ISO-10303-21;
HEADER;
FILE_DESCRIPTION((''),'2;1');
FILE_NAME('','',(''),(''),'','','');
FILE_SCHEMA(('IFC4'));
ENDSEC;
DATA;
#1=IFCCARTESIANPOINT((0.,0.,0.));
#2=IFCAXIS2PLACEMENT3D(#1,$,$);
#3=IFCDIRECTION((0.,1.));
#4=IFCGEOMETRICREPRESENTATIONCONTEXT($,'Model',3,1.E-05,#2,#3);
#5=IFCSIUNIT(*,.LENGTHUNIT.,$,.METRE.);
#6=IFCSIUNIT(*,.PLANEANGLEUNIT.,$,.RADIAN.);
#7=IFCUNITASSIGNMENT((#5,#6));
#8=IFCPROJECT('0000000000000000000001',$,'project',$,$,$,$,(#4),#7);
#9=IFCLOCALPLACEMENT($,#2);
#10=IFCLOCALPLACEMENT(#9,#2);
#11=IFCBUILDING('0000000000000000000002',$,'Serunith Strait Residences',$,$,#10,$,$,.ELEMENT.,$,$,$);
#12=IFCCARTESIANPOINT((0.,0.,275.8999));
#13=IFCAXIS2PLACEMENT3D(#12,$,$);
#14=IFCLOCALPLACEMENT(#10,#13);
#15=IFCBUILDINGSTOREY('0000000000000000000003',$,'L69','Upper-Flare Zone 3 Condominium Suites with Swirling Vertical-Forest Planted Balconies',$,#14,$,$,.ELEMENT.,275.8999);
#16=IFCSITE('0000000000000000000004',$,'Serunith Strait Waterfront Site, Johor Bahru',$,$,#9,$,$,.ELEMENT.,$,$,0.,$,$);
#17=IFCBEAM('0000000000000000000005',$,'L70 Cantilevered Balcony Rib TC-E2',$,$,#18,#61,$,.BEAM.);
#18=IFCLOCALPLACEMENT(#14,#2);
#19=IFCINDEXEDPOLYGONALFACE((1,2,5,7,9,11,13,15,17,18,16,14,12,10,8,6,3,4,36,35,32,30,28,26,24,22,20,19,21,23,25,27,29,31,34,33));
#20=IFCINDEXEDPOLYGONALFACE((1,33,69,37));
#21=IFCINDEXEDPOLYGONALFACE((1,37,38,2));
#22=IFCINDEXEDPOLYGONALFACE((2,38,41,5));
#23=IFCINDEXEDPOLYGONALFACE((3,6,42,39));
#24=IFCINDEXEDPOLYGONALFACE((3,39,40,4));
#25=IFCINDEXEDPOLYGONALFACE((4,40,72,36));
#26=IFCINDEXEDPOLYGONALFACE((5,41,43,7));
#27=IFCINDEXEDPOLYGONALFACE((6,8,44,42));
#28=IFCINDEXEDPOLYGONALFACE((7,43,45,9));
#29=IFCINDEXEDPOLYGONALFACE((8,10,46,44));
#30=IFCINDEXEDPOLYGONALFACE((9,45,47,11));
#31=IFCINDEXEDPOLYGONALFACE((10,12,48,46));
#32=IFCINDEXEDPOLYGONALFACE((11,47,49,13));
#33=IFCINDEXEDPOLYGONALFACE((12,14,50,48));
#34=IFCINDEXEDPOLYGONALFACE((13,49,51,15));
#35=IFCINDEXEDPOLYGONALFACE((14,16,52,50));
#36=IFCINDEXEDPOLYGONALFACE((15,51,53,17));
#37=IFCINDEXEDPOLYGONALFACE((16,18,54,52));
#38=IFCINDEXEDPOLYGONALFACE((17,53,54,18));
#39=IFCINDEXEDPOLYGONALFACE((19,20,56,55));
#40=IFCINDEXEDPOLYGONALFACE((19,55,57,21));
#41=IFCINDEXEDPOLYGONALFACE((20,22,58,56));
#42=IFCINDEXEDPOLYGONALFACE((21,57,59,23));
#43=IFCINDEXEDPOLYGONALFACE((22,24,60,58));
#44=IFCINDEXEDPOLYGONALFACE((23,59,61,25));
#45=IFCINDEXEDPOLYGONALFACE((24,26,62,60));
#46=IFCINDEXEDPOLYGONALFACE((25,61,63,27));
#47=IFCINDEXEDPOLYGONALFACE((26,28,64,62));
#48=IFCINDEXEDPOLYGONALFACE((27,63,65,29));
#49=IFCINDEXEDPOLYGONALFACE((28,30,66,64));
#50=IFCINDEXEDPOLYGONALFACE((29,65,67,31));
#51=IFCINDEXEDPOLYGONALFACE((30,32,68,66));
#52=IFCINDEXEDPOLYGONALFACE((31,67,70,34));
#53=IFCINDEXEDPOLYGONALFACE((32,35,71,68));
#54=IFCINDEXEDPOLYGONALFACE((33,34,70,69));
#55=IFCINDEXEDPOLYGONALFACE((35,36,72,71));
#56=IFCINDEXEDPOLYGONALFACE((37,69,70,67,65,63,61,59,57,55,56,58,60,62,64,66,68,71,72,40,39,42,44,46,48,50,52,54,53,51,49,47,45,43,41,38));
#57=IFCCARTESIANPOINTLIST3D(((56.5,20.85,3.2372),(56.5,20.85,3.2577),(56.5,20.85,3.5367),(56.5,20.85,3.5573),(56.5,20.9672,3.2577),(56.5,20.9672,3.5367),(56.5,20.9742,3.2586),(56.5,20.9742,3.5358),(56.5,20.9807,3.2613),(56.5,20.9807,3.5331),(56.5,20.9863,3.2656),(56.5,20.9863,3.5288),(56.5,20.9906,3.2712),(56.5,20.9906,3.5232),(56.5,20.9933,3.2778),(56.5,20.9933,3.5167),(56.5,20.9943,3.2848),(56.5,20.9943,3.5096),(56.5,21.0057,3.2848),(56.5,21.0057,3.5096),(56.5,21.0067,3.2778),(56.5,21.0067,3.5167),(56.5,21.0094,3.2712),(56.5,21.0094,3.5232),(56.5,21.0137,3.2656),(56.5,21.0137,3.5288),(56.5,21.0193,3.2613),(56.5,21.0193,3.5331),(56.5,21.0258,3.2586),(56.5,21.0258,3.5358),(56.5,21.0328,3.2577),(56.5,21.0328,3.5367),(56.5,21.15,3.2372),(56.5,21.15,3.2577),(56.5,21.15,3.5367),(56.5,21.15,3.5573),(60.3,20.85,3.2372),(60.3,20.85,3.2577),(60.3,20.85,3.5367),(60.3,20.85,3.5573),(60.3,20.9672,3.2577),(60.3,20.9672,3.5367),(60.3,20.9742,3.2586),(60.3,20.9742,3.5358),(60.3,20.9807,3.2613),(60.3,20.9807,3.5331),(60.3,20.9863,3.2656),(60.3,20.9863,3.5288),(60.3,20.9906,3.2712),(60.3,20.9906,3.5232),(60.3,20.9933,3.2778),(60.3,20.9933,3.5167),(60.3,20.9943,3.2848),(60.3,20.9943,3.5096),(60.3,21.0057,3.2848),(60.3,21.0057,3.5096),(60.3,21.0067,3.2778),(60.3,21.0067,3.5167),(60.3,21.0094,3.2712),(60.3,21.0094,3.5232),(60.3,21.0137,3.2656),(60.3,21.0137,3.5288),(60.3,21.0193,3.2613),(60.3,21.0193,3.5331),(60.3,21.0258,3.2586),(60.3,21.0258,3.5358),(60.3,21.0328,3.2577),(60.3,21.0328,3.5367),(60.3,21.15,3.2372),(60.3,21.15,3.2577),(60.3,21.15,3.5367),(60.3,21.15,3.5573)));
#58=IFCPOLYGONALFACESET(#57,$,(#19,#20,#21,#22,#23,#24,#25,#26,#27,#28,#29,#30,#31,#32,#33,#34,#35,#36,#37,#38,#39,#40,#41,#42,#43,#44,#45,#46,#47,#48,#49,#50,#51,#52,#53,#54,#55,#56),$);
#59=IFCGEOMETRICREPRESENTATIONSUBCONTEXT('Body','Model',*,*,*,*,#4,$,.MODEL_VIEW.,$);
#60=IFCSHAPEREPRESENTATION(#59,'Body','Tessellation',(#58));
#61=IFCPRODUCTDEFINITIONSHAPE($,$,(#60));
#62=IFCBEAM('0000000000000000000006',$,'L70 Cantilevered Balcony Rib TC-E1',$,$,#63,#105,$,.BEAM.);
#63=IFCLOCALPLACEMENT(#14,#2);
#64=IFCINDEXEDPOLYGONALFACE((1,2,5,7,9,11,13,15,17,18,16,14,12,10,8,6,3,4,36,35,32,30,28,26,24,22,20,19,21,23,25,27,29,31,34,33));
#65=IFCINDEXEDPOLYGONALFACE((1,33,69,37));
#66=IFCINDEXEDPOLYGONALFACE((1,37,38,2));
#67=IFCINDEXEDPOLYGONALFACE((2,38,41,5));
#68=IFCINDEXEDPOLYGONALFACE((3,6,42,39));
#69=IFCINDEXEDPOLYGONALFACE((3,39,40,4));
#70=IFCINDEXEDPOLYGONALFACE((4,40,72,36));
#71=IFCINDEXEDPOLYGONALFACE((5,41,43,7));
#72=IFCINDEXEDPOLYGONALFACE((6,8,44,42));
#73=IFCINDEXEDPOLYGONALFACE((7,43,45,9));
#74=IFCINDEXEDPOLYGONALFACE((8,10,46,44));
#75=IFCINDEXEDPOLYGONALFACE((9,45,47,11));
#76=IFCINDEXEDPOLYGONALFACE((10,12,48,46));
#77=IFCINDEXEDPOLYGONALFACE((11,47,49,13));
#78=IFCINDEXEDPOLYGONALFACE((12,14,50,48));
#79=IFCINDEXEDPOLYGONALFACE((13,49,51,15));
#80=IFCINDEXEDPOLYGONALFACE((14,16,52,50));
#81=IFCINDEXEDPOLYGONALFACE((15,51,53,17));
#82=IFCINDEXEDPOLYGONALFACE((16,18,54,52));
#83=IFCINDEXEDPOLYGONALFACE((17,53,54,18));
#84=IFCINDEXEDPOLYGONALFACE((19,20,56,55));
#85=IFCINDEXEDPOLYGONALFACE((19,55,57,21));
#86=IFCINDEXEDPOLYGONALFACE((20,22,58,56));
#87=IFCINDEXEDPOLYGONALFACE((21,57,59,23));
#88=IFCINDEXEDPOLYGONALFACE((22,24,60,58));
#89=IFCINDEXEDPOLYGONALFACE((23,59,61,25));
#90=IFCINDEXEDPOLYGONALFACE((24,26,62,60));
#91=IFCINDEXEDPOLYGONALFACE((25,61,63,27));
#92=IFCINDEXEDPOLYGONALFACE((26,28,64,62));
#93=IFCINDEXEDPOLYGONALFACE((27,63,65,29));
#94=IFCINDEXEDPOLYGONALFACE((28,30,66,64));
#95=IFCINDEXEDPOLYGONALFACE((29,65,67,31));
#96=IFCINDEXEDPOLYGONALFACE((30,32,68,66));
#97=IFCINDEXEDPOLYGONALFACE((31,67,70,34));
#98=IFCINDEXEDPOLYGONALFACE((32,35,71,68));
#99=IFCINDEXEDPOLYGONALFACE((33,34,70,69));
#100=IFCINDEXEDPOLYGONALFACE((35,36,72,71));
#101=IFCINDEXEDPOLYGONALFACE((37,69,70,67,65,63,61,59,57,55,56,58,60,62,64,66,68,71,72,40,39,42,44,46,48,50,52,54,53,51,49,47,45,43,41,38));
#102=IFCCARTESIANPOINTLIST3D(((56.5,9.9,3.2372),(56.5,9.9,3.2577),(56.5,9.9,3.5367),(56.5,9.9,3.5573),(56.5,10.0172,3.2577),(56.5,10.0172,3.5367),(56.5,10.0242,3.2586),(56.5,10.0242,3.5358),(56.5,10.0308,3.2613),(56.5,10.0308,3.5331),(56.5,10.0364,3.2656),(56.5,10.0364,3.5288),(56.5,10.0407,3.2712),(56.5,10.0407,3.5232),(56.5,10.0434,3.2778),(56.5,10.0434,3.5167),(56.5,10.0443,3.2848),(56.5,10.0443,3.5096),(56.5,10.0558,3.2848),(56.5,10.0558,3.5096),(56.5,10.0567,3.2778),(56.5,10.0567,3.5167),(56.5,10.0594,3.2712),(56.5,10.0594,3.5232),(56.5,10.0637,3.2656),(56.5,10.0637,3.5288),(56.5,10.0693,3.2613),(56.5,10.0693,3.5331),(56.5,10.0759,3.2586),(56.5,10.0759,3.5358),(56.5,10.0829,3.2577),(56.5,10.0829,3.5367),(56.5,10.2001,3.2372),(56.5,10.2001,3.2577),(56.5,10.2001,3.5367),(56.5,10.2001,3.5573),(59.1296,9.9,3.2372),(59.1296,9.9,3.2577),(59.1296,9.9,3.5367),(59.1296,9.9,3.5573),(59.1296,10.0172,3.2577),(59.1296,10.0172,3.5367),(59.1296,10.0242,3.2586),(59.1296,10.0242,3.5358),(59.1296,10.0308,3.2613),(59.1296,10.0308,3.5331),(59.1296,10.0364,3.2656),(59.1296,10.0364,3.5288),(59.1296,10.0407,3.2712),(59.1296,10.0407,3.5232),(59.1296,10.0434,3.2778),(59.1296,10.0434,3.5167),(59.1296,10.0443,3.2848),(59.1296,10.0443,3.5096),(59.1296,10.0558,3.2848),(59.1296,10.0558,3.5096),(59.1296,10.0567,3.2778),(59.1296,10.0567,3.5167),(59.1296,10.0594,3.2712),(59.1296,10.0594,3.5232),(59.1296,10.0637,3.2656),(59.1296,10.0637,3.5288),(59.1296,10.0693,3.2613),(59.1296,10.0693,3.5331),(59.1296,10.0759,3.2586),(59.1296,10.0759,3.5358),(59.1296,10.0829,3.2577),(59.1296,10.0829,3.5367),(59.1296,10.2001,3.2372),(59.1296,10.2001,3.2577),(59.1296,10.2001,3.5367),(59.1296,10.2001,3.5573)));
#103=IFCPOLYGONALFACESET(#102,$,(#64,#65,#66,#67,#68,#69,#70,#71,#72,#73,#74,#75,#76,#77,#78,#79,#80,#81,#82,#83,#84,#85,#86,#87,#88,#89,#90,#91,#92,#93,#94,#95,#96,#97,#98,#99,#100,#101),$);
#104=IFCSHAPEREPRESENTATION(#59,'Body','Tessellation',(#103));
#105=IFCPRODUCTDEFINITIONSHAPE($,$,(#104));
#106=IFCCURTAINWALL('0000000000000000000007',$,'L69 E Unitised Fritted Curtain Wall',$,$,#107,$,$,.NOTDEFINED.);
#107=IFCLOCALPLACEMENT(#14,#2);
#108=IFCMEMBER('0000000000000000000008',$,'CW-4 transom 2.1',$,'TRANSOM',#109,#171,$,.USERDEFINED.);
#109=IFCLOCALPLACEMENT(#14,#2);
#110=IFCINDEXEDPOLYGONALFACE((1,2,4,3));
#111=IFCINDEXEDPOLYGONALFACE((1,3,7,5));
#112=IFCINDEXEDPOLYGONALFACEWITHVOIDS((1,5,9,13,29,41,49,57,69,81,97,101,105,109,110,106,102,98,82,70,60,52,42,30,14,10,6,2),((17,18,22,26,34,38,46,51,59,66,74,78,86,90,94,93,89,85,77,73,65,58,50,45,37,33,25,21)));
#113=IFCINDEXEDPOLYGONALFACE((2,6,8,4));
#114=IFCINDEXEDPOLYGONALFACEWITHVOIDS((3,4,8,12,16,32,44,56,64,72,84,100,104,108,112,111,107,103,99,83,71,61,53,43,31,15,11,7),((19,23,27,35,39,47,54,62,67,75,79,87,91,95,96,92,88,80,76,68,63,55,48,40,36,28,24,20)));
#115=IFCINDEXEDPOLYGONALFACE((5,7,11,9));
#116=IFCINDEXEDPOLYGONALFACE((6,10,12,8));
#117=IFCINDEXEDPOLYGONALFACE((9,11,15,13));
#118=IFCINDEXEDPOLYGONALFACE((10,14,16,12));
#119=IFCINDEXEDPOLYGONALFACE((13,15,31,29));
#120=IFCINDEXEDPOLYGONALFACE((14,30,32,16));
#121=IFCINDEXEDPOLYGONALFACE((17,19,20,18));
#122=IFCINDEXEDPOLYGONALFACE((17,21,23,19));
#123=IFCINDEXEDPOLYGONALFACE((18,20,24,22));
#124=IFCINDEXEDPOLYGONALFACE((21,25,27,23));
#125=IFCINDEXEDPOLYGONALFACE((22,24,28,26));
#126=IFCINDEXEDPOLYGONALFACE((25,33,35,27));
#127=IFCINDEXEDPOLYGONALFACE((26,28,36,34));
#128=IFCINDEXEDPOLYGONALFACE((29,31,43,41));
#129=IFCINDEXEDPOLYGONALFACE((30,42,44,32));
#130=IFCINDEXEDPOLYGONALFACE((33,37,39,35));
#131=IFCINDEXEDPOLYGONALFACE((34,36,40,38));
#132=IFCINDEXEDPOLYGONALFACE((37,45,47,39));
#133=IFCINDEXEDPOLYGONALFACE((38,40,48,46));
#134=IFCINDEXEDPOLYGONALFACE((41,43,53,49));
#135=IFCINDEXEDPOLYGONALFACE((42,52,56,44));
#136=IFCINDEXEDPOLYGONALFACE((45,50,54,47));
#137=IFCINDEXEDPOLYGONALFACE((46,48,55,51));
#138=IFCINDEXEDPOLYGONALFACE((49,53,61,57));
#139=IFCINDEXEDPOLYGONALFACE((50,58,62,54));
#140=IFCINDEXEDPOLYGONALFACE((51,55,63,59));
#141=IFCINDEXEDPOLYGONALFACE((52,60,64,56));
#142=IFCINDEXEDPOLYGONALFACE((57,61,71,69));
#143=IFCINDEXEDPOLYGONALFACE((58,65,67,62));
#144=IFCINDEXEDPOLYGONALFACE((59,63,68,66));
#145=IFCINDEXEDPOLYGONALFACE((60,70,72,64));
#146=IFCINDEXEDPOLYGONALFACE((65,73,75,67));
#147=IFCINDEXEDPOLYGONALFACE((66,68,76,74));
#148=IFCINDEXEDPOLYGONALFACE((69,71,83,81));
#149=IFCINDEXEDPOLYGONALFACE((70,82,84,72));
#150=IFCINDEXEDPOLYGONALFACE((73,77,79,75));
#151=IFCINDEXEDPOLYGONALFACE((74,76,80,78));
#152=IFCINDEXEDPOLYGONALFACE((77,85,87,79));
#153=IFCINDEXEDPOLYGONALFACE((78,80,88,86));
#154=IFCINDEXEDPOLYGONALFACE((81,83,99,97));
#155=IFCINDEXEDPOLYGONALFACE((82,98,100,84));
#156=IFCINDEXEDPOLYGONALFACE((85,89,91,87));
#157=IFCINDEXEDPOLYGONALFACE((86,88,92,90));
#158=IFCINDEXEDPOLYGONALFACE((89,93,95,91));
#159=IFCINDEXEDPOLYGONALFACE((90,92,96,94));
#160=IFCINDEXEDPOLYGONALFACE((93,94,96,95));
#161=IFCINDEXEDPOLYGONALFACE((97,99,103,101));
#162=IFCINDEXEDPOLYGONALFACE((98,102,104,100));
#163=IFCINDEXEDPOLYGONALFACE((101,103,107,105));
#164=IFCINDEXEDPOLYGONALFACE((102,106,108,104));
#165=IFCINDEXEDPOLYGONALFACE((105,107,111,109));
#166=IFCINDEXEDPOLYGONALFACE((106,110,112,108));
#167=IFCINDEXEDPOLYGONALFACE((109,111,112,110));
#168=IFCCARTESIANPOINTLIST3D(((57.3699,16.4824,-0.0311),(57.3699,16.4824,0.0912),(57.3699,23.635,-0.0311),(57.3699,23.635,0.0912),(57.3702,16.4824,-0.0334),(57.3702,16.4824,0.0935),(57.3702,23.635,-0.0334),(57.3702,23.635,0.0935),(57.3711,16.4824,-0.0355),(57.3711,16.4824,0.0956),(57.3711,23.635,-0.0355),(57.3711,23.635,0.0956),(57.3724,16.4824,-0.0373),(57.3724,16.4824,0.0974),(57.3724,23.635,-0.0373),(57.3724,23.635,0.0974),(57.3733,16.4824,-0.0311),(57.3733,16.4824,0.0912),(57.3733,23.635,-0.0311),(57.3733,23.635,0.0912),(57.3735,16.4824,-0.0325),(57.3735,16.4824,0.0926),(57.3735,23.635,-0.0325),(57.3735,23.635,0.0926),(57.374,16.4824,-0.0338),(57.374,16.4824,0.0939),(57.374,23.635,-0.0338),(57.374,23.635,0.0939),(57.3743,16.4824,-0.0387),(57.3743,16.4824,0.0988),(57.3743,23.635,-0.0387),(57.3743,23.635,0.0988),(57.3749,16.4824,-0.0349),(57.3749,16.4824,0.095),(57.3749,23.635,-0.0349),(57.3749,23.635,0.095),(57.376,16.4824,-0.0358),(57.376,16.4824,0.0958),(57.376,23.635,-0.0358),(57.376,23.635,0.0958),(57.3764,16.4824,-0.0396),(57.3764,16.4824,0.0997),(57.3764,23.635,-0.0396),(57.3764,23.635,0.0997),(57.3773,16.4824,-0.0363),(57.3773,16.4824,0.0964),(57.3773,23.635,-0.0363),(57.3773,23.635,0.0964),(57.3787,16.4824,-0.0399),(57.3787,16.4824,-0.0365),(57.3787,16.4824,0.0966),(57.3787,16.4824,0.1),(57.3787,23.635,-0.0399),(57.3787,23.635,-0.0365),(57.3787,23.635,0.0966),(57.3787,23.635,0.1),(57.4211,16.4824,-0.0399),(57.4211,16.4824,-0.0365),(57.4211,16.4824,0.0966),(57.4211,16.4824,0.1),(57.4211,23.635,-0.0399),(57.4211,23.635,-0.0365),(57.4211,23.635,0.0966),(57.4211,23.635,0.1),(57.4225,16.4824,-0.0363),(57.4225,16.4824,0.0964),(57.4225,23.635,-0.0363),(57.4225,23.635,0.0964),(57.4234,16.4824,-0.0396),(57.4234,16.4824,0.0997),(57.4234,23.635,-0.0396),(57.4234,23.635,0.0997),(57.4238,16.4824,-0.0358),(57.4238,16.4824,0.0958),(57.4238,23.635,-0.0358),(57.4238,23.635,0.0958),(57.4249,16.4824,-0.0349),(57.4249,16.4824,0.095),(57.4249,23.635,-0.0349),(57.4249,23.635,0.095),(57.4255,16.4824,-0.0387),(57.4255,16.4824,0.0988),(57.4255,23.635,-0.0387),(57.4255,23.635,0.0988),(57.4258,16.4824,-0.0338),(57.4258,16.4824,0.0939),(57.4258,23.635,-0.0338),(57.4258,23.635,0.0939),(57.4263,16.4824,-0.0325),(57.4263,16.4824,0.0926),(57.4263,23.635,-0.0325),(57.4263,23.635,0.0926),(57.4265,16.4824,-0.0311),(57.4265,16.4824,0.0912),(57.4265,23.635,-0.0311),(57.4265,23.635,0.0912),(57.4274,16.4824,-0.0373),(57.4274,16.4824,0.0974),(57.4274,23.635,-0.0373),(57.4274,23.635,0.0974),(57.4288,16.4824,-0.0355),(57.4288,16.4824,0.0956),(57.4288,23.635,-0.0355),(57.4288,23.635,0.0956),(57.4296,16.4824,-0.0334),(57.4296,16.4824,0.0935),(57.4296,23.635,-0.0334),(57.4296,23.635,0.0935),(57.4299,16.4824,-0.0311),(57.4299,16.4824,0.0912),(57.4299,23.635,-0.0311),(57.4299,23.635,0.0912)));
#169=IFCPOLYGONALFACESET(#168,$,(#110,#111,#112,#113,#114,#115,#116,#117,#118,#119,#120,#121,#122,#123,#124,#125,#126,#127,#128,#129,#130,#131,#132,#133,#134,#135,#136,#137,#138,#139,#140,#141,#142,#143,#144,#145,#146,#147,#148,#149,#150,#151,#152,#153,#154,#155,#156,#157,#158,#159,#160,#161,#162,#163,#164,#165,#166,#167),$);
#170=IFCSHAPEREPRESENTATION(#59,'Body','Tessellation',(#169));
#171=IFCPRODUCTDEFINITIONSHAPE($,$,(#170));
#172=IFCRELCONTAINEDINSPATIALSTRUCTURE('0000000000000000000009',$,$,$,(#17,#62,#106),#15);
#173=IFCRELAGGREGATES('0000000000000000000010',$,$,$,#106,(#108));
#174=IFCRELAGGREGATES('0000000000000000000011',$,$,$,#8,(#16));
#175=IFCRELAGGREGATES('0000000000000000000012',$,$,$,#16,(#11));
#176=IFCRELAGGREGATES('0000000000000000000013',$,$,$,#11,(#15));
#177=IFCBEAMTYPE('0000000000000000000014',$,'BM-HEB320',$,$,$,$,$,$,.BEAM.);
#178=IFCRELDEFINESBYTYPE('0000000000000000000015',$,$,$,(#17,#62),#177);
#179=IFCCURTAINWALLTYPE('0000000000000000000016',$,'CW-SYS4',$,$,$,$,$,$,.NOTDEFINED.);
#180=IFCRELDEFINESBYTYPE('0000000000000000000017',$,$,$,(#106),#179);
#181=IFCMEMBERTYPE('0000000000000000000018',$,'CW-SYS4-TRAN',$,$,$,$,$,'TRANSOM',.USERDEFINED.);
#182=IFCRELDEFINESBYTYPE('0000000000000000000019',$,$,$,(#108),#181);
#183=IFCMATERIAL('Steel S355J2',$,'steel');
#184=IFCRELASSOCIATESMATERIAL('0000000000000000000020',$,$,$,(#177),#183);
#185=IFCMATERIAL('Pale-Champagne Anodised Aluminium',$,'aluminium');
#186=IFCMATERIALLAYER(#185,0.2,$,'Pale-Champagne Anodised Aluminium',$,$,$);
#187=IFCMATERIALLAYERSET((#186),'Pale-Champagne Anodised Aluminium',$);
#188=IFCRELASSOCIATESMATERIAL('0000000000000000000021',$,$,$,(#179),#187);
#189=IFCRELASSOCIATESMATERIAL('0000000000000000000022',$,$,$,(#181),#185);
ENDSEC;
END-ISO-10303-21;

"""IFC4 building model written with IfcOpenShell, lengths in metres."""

from ifc_helpers import new_model, si_unit, direction, frame, origin, origin_2d, place, context, subcontext, project, spatial, hollow_rectangle, i_section, extrude, source, transform, mapped, material, layer, layer_set, material_profile, profile_set, type_object, element, aggregate, save


model = new_model("IFC4")

# Units and contexts
model_context = context("Model", 3, precision=1e-05, world=origin(), true_north=direction((0.0, 1.0)))
body_context = subcontext(model_context, "Body", "Model", "MODEL_VIEW")
ifc_project = project(units=[si_unit("LENGTHUNIT", "METRE"), si_unit("PLANEANGLEUNIT", "RADIAN")], contexts=[model_context])

# Site, building, storey
site_placement = place(None, origin())
site = spatial("IfcSite", under=ifc_project, at=site_placement, Name="Serunith Strait Waterfront Site, Johor Bahru", CompositionType="ELEMENT", RefElevation=0.0)
building_placement = place(site_placement, origin())
building = spatial("IfcBuilding", under=site, at=building_placement, Name="Serunith Strait Residences", CompositionType="ELEMENT")
storey_placement = place(building_placement, frame((0.0, 0.0, 275.8999)))
storey = spatial("IfcBuildingStorey", under=building, at=storey_placement, Name="L69", Description="Upper-Flare Zone 3 Condominium Suites with Swirling Vertical-Forest Planted Balconies", CompositionType="ELEMENT", Elevation=275.8999)

# Beams
ifc_material_1 = material(Name="Steel S355J2", Category="steel")
ifc_material_profile_1 = material_profile(ifc_material_1, i_section(OverallWidth=0.3, OverallDepth=0.3201, WebThickness=0.0115, FlangeThickness=0.0205, FilletRadius=0.0271, at=origin_2d()), Name="HEB 320")
ifc_profile_set_1 = profile_set([ifc_material_profile_1], Name="Steel S355J2")
beam_type_1 = type_object("IfcBeamType", Name="BM-HEB320", PredefinedType="BEAM", material=ifc_profile_set_1)
shared_shape_1 = source(origin(), body_context, "Body", "SweptSolid", [
    extrude(i_section(OverallWidth=0.3, OverallDepth=0.3201, WebThickness=0.0115, FlangeThickness=0.0205, FilletRadius=0.0271, at=origin_2d()), origin(), (0.0, 0.0, 1.0), 3.8),
])
beam_1_placement = place(storey_placement, frame((56.5, 21.0, 3.3972), z_axis=(1.0, 0.0, 0.0), x_axis=(0.0, 1.0, 0.0)))
element("IfcBeam", 1, at=beam_1_placement, inside=storey, type_object=beam_type_1, Name="L70 Cantilevered Balcony Rib TC-E2", PredefinedType="BEAM", context=body_context, shape_type="MappedRepresentation", body=[
    mapped(shared_shape_1, transform((0.0, 0.0, 0.0), scale=1.0)),
])
shared_shape_2 = source(origin(), body_context, "Body", "SweptSolid", [
    extrude(i_section(OverallWidth=0.3, OverallDepth=0.3201, WebThickness=0.0115, FlangeThickness=0.0205, FilletRadius=0.0271, at=origin_2d()), origin(), (0.0, 0.0, 1.0), 2.6296),
])
beam_2_placement = place(storey_placement, frame((56.5, 10.05, 3.3972), z_axis=(1.0, 0.0, 0.0), x_axis=(0.0, 1.0, 0.0)))
element("IfcBeam", 2, at=beam_2_placement, inside=storey, type_object=beam_type_1, Name="L70 Cantilevered Balcony Rib TC-E1", PredefinedType="BEAM", context=body_context, shape_type="MappedRepresentation", body=[
    mapped(shared_shape_2, transform((0.0, 0.0, 0.0), scale=1.0)),
])

# Curtain wall, member
ifc_material_2 = material(Name="Pale-Champagne Anodised Aluminium", Category="aluminium")
ifc_layer_1 = layer(ifc_material_2, 0.2, Name="Pale-Champagne Anodised Aluminium")
ifc_layer_set_1 = layer_set([ifc_layer_1], Name="Pale-Champagne Anodised Aluminium")
curtain_wall_type = type_object("IfcCurtainWallType", Name="CW-SYS4", PredefinedType="NOTDEFINED", material=ifc_layer_set_1)
curtain_wall_placement = place(storey_placement, origin())
curtain_wall = element("IfcCurtainWall", 3, at=curtain_wall_placement, inside=storey, type_object=curtain_wall_type, Name="L69 E Unitised Fritted Curtain Wall", PredefinedType="NOTDEFINED")
ifc_material_profile_2 = material_profile(ifc_material_2, hollow_rectangle(XDim=0.0601, YDim=0.1399, WallThickness=0.0034, InnerFilletRadius=0.0054, OuterFilletRadius=0.0088, at=origin_2d()), Name="ALU 140x60x3.5")
ifc_profile_set_2 = profile_set([ifc_material_profile_2], Name="Pale-Champagne Anodised Aluminium")
member_type_1 = type_object("IfcMemberType", Name="CW-SYS4-TRAN", ElementType="TRANSOM", PredefinedType="USERDEFINED", material=ifc_profile_set_2)
shared_shape_3 = source(origin(), body_context, "Body", "SweptSolid", [
    extrude(hollow_rectangle(XDim=0.0601, YDim=0.1399, WallThickness=0.0034, InnerFilletRadius=0.0054, OuterFilletRadius=0.0088, at=origin_2d()), origin(), (0.0, 0.0, 1.0), 7.1526),
])
member_1_placement = place(storey_placement, frame((57.3999, 16.4824, 0.03), z_axis=(0.0, 1.0, 0.0), x_axis=(-1.0, 0.0, 0.0)))
member_1 = element("IfcMember", 4, at=member_1_placement, type_object=member_type_1, Name="CW-4 transom 2.1", ObjectType="TRANSOM", PredefinedType="USERDEFINED", context=body_context, shape_type="MappedRepresentation", body=[
    mapped(shared_shape_3, transform((0.0, 0.0, 0.0), scale=1.0)),
])
aggregate(curtain_wall, [member_1])

save(model, "model.ifc")
